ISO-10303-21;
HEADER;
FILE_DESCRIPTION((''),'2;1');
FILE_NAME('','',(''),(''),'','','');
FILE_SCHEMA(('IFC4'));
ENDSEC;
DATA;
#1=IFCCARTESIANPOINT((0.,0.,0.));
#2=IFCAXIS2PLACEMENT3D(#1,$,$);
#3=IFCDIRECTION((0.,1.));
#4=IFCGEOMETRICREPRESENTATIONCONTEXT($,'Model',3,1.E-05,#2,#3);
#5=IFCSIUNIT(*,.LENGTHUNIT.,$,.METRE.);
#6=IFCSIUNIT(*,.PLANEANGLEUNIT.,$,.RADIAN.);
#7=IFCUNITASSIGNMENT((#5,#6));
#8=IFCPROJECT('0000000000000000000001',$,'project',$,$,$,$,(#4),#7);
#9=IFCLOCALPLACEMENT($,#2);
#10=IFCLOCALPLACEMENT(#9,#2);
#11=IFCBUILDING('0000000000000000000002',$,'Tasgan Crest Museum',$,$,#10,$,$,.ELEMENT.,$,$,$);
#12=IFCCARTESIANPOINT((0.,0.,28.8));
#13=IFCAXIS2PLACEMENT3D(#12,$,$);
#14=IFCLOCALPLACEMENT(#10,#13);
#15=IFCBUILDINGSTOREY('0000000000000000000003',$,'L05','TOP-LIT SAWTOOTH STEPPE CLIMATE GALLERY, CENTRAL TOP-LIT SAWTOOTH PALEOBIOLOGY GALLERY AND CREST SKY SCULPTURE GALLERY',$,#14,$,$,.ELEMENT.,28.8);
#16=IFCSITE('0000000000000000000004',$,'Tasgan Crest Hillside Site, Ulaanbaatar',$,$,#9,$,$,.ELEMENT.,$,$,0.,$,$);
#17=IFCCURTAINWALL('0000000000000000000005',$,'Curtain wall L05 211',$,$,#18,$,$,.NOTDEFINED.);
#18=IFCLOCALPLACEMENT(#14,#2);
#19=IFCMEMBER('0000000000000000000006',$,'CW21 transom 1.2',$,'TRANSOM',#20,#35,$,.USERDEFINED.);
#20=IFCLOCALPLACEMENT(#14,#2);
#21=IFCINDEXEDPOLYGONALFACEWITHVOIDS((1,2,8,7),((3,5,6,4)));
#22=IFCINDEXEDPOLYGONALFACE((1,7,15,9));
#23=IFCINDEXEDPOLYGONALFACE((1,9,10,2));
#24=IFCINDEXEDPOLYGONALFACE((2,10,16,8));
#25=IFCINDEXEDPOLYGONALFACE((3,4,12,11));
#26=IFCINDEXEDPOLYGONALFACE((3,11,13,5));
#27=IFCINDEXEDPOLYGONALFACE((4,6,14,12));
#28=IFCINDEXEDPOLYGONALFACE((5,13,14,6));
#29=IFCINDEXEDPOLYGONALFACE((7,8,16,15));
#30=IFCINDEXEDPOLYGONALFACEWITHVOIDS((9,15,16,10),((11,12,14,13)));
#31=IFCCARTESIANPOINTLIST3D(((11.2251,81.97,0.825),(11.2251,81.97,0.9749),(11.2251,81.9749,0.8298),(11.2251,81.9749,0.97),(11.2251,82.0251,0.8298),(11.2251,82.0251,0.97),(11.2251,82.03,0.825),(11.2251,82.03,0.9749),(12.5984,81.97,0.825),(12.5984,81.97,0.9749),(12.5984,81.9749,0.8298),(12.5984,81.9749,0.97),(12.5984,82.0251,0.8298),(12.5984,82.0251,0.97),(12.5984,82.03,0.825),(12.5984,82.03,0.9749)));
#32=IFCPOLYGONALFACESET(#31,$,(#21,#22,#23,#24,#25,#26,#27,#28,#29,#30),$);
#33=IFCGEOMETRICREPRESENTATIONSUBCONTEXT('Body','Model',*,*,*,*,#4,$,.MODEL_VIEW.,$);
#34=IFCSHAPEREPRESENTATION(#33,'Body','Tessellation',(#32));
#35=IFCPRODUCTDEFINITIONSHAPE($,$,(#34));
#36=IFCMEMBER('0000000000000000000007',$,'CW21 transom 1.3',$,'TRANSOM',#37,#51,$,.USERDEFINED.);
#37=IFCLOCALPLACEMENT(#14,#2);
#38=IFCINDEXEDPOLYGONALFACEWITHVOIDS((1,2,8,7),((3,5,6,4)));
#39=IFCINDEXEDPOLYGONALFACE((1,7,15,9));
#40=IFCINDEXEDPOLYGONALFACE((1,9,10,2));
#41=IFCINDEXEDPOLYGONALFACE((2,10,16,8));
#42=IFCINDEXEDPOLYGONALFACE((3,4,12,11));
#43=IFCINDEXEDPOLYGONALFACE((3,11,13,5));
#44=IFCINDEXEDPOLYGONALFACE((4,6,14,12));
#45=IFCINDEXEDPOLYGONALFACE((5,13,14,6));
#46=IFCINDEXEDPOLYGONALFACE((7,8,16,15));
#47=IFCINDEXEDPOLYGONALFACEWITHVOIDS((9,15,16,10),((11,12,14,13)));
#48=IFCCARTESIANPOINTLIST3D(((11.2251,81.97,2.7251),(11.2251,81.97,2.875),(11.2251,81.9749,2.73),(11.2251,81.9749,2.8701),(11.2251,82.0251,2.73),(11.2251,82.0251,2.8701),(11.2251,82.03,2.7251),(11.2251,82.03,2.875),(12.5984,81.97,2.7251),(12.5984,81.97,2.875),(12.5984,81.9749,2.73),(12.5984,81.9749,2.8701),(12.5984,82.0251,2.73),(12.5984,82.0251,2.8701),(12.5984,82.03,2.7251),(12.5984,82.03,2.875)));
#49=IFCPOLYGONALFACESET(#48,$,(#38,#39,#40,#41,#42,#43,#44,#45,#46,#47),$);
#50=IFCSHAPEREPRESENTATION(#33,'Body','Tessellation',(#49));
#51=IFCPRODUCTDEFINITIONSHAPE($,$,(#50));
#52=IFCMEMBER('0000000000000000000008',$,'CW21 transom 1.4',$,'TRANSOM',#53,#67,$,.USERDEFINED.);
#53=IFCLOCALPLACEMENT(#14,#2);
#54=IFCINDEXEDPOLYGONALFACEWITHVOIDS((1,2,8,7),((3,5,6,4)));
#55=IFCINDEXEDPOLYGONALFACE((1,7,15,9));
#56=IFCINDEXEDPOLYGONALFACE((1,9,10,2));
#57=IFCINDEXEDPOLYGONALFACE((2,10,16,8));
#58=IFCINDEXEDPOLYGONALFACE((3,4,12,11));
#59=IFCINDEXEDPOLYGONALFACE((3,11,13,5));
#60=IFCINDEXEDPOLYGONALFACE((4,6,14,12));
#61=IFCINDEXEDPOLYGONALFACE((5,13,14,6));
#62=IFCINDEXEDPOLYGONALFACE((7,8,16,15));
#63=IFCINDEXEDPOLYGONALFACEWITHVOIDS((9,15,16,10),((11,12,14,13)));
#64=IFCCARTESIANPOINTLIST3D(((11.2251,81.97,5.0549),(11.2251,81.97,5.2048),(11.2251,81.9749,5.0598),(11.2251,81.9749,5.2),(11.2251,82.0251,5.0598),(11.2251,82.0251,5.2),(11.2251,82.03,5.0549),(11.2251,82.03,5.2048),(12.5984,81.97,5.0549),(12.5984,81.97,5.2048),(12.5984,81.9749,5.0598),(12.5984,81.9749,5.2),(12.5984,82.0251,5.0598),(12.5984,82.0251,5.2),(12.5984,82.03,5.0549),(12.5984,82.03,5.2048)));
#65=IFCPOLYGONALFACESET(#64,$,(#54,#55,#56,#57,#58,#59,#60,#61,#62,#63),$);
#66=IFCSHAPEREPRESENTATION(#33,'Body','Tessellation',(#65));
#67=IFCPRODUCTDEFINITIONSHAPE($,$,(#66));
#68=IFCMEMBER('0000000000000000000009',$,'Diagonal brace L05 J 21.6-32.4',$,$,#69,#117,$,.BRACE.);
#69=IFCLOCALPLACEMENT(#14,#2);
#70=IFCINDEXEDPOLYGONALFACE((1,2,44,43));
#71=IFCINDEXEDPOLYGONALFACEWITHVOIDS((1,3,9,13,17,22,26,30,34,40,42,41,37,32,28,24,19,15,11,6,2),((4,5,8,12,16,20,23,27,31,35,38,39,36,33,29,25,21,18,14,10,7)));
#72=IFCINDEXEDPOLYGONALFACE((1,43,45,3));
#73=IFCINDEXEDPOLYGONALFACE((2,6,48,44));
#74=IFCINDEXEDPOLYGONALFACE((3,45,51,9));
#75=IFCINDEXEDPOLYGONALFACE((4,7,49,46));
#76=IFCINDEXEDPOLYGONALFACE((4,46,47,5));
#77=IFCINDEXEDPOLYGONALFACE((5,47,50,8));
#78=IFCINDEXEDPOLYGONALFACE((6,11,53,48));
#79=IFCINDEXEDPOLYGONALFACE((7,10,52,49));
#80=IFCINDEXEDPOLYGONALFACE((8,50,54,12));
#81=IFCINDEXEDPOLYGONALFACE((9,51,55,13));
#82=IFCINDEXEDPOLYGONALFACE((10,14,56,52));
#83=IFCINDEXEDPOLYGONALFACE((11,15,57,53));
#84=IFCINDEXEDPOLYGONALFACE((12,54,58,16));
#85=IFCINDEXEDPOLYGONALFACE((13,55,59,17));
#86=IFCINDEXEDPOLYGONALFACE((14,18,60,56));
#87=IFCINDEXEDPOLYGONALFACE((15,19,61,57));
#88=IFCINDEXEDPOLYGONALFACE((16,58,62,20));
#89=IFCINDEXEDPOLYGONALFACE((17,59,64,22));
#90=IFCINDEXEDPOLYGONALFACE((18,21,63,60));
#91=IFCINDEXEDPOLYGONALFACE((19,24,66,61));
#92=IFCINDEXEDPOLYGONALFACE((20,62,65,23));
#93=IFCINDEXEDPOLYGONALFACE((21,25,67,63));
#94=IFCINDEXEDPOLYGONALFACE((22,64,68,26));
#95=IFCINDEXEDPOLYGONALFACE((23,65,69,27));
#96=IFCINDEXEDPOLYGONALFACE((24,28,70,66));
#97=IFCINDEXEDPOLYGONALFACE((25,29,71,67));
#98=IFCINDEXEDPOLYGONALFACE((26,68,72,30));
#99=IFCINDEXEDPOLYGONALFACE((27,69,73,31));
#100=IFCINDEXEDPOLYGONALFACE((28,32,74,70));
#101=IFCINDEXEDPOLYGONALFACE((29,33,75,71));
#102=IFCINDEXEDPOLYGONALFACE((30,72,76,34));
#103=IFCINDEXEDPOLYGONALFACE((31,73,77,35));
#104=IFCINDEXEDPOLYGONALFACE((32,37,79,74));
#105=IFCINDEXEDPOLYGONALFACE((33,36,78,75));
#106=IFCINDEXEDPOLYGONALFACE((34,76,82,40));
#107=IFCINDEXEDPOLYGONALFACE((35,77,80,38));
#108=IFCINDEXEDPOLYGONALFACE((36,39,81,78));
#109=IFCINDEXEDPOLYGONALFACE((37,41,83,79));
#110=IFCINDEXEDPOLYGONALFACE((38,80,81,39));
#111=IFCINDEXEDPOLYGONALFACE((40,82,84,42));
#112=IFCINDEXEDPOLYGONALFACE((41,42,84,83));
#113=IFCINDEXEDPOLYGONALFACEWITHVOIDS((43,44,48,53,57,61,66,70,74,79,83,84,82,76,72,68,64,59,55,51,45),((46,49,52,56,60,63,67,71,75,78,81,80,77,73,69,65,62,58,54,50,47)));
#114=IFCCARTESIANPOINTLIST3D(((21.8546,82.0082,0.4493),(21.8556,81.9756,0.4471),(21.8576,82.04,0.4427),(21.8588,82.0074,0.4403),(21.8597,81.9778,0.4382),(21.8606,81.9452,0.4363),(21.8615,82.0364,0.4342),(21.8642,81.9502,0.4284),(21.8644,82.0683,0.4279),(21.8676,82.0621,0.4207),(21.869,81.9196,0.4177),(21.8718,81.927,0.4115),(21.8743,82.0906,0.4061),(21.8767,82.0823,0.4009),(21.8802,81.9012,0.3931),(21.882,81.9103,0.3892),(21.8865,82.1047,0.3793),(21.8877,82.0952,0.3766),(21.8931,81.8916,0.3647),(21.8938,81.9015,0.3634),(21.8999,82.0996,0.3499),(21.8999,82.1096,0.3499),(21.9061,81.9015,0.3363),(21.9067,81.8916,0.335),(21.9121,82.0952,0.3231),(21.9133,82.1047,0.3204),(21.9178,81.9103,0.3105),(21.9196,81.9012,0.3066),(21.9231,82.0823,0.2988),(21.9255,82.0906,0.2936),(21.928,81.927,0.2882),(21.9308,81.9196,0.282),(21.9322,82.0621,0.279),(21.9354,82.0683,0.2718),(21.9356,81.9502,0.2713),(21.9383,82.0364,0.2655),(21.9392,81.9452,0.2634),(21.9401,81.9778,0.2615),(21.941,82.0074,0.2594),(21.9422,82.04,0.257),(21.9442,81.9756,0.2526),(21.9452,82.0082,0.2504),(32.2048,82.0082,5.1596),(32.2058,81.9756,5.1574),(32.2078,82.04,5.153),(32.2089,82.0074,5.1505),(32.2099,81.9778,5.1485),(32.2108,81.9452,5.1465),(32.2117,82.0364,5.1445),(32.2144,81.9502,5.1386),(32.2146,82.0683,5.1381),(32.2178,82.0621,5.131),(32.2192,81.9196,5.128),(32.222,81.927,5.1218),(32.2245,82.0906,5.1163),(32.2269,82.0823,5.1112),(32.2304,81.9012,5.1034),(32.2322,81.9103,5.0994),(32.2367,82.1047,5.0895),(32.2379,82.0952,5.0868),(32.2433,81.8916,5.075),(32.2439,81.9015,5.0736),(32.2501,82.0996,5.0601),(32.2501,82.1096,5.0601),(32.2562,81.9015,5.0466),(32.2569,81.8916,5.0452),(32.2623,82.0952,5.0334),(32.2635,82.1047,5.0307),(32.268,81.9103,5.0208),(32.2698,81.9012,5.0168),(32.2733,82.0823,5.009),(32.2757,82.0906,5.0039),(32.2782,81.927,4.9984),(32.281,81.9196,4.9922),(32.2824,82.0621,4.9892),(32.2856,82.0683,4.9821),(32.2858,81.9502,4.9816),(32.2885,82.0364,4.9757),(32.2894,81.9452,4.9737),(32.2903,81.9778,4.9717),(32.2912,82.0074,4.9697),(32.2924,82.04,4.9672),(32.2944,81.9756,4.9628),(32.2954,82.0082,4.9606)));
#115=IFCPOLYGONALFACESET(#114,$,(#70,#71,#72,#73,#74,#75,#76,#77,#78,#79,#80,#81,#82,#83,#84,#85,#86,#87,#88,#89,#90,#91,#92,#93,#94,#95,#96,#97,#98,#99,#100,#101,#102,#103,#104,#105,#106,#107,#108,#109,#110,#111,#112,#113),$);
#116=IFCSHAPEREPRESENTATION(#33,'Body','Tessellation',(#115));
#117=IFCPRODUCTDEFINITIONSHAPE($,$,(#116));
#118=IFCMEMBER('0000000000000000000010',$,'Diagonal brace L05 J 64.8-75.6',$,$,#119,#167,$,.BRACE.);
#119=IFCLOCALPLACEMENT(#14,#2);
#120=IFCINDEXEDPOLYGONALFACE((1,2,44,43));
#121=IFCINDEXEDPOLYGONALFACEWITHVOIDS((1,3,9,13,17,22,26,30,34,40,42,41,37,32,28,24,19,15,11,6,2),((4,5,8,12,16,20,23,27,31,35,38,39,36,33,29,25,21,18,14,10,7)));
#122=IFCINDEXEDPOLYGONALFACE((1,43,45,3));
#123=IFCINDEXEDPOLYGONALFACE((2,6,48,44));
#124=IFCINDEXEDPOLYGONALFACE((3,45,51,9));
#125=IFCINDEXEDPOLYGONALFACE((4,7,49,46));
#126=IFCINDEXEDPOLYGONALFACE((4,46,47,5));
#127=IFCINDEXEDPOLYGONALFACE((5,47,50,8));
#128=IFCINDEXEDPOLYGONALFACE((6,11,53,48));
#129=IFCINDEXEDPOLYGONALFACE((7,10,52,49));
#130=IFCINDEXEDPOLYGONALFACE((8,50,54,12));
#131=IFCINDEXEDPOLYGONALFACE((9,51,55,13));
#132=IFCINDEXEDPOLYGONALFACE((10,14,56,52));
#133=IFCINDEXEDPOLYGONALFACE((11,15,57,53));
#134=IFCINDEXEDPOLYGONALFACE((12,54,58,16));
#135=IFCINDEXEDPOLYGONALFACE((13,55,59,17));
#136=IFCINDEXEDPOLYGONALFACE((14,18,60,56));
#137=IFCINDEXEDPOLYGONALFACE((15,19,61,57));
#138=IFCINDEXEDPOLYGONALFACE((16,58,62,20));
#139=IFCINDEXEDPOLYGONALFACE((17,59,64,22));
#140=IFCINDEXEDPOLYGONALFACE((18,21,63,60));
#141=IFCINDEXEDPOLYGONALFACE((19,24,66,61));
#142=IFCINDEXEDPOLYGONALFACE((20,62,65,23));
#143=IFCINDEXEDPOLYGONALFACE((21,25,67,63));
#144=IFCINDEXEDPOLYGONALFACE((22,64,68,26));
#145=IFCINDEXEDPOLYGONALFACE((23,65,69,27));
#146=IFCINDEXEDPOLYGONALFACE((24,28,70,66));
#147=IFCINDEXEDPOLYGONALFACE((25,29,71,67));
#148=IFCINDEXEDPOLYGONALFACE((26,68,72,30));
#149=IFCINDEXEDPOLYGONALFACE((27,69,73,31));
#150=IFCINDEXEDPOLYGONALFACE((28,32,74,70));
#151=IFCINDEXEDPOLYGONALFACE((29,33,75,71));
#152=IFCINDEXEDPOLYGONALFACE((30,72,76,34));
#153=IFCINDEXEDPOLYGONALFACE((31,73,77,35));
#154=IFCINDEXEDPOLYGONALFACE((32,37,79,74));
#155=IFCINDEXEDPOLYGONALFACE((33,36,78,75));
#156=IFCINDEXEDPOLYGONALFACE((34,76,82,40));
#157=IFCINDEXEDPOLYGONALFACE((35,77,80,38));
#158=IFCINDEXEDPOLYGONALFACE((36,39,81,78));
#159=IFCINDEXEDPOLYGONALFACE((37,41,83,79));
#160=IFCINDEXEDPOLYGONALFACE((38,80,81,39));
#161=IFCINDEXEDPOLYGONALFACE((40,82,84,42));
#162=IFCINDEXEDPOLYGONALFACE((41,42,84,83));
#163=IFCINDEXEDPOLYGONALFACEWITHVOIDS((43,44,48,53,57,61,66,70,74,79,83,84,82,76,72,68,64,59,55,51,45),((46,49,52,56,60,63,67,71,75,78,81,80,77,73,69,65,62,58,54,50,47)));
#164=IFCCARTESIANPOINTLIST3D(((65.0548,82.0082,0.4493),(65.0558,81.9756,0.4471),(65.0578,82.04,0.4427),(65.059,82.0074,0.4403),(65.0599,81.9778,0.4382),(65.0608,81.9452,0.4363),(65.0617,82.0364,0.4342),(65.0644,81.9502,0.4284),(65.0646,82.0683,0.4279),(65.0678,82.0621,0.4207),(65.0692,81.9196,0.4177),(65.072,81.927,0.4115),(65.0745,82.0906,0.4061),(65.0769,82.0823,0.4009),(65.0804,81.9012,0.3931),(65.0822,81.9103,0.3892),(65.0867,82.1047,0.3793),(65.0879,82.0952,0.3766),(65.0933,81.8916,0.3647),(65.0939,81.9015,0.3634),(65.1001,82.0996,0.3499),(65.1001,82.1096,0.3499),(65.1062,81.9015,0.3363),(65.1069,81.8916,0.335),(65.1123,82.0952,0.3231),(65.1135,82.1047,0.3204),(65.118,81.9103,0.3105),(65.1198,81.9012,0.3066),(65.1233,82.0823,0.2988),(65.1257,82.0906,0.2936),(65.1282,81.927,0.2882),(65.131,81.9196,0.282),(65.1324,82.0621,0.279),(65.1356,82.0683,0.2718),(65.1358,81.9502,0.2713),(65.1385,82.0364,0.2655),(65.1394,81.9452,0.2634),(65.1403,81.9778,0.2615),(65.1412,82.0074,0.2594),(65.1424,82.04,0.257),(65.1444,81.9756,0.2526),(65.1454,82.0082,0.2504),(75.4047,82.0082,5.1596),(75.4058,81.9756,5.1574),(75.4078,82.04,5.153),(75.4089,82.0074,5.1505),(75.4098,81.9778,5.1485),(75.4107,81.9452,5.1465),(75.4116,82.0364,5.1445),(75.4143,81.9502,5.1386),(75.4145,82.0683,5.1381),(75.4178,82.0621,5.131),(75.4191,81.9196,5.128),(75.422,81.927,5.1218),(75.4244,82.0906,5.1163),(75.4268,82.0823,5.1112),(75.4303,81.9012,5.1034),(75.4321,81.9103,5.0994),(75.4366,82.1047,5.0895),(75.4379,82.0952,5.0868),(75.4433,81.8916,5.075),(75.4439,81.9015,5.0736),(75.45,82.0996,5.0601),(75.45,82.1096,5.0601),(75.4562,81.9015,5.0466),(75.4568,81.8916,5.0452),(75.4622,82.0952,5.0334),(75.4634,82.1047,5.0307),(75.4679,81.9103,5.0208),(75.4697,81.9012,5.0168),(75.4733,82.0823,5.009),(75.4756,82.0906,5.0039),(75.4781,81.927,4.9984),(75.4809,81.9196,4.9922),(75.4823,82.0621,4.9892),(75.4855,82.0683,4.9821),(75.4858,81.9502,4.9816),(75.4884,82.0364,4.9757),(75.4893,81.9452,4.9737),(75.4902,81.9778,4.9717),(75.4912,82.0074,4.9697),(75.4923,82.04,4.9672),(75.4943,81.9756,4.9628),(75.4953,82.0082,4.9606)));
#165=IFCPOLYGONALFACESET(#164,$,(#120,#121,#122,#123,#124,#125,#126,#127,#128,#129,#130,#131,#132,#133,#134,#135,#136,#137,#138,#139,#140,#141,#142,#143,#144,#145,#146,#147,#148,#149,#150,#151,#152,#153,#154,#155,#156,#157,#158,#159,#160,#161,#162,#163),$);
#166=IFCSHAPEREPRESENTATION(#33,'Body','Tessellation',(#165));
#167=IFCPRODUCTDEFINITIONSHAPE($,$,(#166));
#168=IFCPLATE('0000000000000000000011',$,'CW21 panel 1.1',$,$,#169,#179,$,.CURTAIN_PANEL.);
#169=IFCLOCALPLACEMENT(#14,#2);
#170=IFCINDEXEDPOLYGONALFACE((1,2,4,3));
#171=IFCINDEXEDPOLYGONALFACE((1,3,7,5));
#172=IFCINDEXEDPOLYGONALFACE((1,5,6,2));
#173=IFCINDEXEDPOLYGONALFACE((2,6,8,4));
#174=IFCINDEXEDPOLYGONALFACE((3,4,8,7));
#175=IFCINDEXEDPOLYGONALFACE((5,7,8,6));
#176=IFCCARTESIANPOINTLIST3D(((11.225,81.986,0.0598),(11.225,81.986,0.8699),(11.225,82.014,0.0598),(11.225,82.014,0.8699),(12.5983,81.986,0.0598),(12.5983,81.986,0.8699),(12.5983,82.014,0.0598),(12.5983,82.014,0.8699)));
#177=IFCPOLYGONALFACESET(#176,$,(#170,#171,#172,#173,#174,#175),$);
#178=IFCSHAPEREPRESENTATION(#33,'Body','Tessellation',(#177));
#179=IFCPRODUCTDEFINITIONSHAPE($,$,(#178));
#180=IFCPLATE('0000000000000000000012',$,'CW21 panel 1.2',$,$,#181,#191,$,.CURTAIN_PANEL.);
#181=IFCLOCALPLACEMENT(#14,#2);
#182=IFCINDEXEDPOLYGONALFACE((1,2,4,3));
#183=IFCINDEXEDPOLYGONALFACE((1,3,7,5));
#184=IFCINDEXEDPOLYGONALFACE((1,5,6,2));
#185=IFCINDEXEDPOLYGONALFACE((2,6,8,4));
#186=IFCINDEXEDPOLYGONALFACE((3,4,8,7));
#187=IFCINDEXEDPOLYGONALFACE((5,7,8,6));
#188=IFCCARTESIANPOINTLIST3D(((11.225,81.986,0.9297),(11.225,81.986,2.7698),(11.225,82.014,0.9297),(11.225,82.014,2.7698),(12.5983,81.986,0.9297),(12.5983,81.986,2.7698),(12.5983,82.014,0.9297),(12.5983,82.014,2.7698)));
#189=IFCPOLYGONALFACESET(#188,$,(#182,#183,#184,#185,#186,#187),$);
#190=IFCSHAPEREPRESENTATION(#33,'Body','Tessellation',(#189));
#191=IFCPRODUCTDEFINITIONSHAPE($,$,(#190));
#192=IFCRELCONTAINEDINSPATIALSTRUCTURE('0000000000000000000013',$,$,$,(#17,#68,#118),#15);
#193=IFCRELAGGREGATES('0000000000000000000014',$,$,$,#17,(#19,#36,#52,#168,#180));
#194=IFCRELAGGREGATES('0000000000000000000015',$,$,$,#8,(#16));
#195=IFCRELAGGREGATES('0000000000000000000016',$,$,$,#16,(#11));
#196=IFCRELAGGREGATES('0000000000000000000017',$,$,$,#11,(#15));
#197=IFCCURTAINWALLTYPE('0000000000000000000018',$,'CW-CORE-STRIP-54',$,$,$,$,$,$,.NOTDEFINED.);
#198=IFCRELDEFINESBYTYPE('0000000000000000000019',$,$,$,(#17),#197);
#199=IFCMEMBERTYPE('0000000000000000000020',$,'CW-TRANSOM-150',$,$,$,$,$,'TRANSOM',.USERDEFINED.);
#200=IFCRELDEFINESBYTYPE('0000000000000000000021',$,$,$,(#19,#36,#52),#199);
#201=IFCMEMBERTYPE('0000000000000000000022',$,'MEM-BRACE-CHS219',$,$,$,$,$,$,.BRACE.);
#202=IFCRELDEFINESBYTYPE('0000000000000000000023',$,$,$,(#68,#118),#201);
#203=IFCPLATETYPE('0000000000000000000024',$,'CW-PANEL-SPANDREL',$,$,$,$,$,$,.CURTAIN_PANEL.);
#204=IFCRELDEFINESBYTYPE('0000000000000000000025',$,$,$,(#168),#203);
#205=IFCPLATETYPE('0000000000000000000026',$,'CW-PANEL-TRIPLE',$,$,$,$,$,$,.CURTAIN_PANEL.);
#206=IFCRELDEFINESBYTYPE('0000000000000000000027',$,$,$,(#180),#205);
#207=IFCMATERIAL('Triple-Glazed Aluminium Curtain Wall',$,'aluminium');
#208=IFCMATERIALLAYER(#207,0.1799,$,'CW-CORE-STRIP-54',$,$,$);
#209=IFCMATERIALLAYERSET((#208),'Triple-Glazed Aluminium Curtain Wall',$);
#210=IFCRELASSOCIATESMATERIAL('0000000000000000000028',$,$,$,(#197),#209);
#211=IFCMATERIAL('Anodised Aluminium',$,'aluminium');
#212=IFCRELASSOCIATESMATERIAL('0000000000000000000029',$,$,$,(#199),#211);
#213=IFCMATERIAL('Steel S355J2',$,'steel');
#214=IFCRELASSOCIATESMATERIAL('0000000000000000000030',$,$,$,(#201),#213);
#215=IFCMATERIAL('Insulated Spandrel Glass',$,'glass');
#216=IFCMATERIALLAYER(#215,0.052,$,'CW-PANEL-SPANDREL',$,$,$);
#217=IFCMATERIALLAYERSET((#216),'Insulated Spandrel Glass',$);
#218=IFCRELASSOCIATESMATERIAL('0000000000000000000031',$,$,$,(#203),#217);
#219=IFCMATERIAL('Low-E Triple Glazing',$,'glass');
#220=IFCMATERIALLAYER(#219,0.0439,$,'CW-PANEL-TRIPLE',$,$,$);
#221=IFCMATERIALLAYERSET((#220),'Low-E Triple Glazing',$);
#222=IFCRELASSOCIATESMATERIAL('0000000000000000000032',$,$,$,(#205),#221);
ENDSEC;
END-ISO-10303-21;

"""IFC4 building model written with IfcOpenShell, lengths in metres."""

from ifc_helpers import new_model, si_unit, direction, frame, origin, origin_2d, place, context, subcontext, project, spatial, rectangle, hollow_rectangle, hollow_circle, extrude, material, layer, layer_set, material_profile, profile_set, type_object, element, aggregate, save


model = new_model("IFC4")

# Units and contexts
model_context = context("Model", 3, precision=1e-05, world=origin(), true_north=direction((0.0, 1.0)))
body_context = subcontext(model_context, "Body", "Model", "MODEL_VIEW")
ifc_project = project(units=[si_unit("LENGTHUNIT", "METRE"), si_unit("PLANEANGLEUNIT", "RADIAN")], contexts=[model_context])

# Site, building, storey
site_placement = place(None, origin())
site = spatial("IfcSite", under=ifc_project, at=site_placement, Name="Tasgan Crest Hillside Site, Ulaanbaatar", CompositionType="ELEMENT", RefElevation=0.0)
building_placement = place(site_placement, origin())
building = spatial("IfcBuilding", under=site, at=building_placement, Name="Tasgan Crest Museum", CompositionType="ELEMENT")
storey_placement = place(building_placement, frame((0.0, 0.0, 28.8)))
storey = spatial("IfcBuildingStorey", under=building, at=storey_placement, Name="L05", Description="TOP-LIT SAWTOOTH STEPPE CLIMATE GALLERY, CENTRAL TOP-LIT SAWTOOTH PALEOBIOLOGY GALLERY AND CREST SKY SCULPTURE GALLERY", CompositionType="ELEMENT", Elevation=28.8)

# Curtain wall, members
ifc_material_1 = material(Name="Triple-Glazed Aluminium Curtain Wall", Category="aluminium")
ifc_layer_1 = layer(ifc_material_1, 0.1799, Name="CW-CORE-STRIP-54")
ifc_layer_set_1 = layer_set([ifc_layer_1], Name="Triple-Glazed Aluminium Curtain Wall")
curtain_wall_type = type_object("IfcCurtainWallType", Name="CW-CORE-STRIP-54", PredefinedType="NOTDEFINED", material=ifc_layer_set_1)
curtain_wall_placement = place(storey_placement, origin())
curtain_wall = element("IfcCurtainWall", 1, at=curtain_wall_placement, inside=storey, type_object=curtain_wall_type, Name="Curtain wall L05 211", PredefinedType="NOTDEFINED")
ifc_material_2 = material(Name="Anodised Aluminium", Category="aluminium")
ifc_material_profile_1 = material_profile(ifc_material_2, hollow_rectangle(XDim=0.0601, YDim=0.1499, WallThickness=0.0049, at=origin_2d()), Name="ALU TRANSOM 150x60x5")
ifc_profile_set_1 = profile_set([ifc_material_profile_1], Name="Anodised Aluminium")
member_type_1 = type_object("IfcMemberType", Name="CW-TRANSOM-150", ElementType="TRANSOM", PredefinedType="USERDEFINED", material=ifc_profile_set_1)
member_1_placement = place(storey_placement, frame((11.2251, 82.0, 0.8999), z_axis=(1.0, 0.0, 0.0), x_axis=(0.0, 1.0, 0.0)))
member_1 = element("IfcMember", 2, at=member_1_placement, type_object=member_type_1, Name="CW21 transom 1.2", ObjectType="TRANSOM", PredefinedType="USERDEFINED", context=body_context, shape_type="SweptSolid", body=[
    extrude(hollow_rectangle(XDim=0.0601, YDim=0.1499, WallThickness=0.0049, at=origin_2d()), origin(), (0.0, 0.0, 1.0), 1.3733),
])
member_2_placement = place(storey_placement, frame((11.2251, 82.0, 2.8), z_axis=(1.0, 0.0, 0.0), x_axis=(0.0, 1.0, 0.0)))
member_2 = element("IfcMember", 3, at=member_2_placement, type_object=member_type_1, Name="CW21 transom 1.3", ObjectType="TRANSOM", PredefinedType="USERDEFINED", context=body_context, shape_type="SweptSolid", body=[
    extrude(hollow_rectangle(XDim=0.0601, YDim=0.1499, WallThickness=0.0049, at=origin_2d()), origin(), (0.0, 0.0, 1.0), 1.3733),
])
member_3_placement = place(storey_placement, frame((11.2251, 82.0, 5.1299), z_axis=(1.0, 0.0, 0.0), x_axis=(0.0, 1.0, 0.0)))
member_3 = element("IfcMember", 4, at=member_3_placement, type_object=member_type_1, Name="CW21 transom 1.4", ObjectType="TRANSOM", PredefinedType="USERDEFINED", context=body_context, shape_type="SweptSolid", body=[
    extrude(hollow_rectangle(XDim=0.0601, YDim=0.1499, WallThickness=0.0049, at=origin_2d()), origin(), (0.0, 0.0, 1.0), 1.3733),
])

# Members
ifc_material_3 = material(Name="Steel S355J2", Category="steel")
ifc_material_profile_2 = material_profile(ifc_material_3, hollow_circle(Radius=0.1096, WallThickness=0.01, at=origin_2d()), Name="CHS 219.1x10")
ifc_profile_set_2 = profile_set([ifc_material_profile_2], Name="Steel S355J2")
member_type_2 = type_object("IfcMemberType", Name="MEM-BRACE-CHS219", PredefinedType="BRACE", material=ifc_profile_set_2)
member_4_placement = place(storey_placement, frame((21.8999, 82.0, 0.3499), z_axis=(0.91018, 0.0, 0.414212), x_axis=(0.0, 1.0, 0.0)))
element("IfcMember", 5, at=member_4_placement, inside=storey, type_object=member_type_2, Name="Diagonal brace L05 J 21.6-32.4", PredefinedType="BRACE", context=body_context, shape_type="SweptSolid", body=[
    extrude(hollow_circle(Radius=0.1096, WallThickness=0.01, at=origin_2d()), origin(), (0.0, 0.0, 1.0), 11.3716),
])
member_5_placement = place(storey_placement, frame((65.1001, 82.0, 0.3499), z_axis=(0.910177, 0.0, 0.41422), x_axis=(0.0, 1.0, 0.0)))
element("IfcMember", 6, at=member_5_placement, inside=storey, type_object=member_type_2, Name="Diagonal brace L05 J 64.8-75.6", PredefinedType="BRACE", context=body_context, shape_type="SweptSolid", body=[
    extrude(hollow_circle(Radius=0.1096, WallThickness=0.01, at=origin_2d()), origin(), (0.0, 0.0, 1.0), 11.3713),
])

# Plates
ifc_material_4 = material(Name="Insulated Spandrel Glass", Category="glass")
ifc_layer_2 = layer(ifc_material_4, 0.052, Name="CW-PANEL-SPANDREL")
ifc_layer_set_2 = layer_set([ifc_layer_2], Name="Insulated Spandrel Glass")
plate_type_1 = type_object("IfcPlateType", Name="CW-PANEL-SPANDREL", PredefinedType="CURTAIN_PANEL", material=ifc_layer_set_2)
plate_1_placement = place(storey_placement, frame((11.9116, 82.0, 0.0598), z_axis=(0.0, 0.0, 1.0), x_axis=(1.0, 0.0, 0.0)))
plate_1 = element("IfcPlate", 7, at=plate_1_placement, type_object=plate_type_1, Name="CW21 panel 1.1", PredefinedType="CURTAIN_PANEL", context=body_context, shape_type="SweptSolid", body=[
    extrude(rectangle(XDim=1.3733, YDim=0.0281, at=origin_2d()), origin(), (0.0, 0.0, 1.0), 0.8101),
])
ifc_material_5 = material(Name="Low-E Triple Glazing", Category="glass")
ifc_layer_3 = layer(ifc_material_5, 0.0439, Name="CW-PANEL-TRIPLE")
ifc_layer_set_3 = layer_set([ifc_layer_3], Name="Low-E Triple Glazing")
plate_type_2 = type_object("IfcPlateType", Name="CW-PANEL-TRIPLE", PredefinedType="CURTAIN_PANEL", material=ifc_layer_set_3)
plate_2_placement = place(storey_placement, frame((11.9116, 82.0, 0.9297), z_axis=(0.0, 0.0, 1.0), x_axis=(1.0, 0.0, 0.0)))
plate_2 = element("IfcPlate", 8, at=plate_2_placement, type_object=plate_type_2, Name="CW21 panel 1.2", PredefinedType="CURTAIN_PANEL", context=body_context, shape_type="SweptSolid", body=[
    extrude(rectangle(XDim=1.3733, YDim=0.0281, at=origin_2d()), origin(), (0.0, 0.0, 1.0), 1.8401),
])
aggregate(curtain_wall, [member_1, member_2, member_3, plate_1, plate_2])

save(model, "model.ifc")
